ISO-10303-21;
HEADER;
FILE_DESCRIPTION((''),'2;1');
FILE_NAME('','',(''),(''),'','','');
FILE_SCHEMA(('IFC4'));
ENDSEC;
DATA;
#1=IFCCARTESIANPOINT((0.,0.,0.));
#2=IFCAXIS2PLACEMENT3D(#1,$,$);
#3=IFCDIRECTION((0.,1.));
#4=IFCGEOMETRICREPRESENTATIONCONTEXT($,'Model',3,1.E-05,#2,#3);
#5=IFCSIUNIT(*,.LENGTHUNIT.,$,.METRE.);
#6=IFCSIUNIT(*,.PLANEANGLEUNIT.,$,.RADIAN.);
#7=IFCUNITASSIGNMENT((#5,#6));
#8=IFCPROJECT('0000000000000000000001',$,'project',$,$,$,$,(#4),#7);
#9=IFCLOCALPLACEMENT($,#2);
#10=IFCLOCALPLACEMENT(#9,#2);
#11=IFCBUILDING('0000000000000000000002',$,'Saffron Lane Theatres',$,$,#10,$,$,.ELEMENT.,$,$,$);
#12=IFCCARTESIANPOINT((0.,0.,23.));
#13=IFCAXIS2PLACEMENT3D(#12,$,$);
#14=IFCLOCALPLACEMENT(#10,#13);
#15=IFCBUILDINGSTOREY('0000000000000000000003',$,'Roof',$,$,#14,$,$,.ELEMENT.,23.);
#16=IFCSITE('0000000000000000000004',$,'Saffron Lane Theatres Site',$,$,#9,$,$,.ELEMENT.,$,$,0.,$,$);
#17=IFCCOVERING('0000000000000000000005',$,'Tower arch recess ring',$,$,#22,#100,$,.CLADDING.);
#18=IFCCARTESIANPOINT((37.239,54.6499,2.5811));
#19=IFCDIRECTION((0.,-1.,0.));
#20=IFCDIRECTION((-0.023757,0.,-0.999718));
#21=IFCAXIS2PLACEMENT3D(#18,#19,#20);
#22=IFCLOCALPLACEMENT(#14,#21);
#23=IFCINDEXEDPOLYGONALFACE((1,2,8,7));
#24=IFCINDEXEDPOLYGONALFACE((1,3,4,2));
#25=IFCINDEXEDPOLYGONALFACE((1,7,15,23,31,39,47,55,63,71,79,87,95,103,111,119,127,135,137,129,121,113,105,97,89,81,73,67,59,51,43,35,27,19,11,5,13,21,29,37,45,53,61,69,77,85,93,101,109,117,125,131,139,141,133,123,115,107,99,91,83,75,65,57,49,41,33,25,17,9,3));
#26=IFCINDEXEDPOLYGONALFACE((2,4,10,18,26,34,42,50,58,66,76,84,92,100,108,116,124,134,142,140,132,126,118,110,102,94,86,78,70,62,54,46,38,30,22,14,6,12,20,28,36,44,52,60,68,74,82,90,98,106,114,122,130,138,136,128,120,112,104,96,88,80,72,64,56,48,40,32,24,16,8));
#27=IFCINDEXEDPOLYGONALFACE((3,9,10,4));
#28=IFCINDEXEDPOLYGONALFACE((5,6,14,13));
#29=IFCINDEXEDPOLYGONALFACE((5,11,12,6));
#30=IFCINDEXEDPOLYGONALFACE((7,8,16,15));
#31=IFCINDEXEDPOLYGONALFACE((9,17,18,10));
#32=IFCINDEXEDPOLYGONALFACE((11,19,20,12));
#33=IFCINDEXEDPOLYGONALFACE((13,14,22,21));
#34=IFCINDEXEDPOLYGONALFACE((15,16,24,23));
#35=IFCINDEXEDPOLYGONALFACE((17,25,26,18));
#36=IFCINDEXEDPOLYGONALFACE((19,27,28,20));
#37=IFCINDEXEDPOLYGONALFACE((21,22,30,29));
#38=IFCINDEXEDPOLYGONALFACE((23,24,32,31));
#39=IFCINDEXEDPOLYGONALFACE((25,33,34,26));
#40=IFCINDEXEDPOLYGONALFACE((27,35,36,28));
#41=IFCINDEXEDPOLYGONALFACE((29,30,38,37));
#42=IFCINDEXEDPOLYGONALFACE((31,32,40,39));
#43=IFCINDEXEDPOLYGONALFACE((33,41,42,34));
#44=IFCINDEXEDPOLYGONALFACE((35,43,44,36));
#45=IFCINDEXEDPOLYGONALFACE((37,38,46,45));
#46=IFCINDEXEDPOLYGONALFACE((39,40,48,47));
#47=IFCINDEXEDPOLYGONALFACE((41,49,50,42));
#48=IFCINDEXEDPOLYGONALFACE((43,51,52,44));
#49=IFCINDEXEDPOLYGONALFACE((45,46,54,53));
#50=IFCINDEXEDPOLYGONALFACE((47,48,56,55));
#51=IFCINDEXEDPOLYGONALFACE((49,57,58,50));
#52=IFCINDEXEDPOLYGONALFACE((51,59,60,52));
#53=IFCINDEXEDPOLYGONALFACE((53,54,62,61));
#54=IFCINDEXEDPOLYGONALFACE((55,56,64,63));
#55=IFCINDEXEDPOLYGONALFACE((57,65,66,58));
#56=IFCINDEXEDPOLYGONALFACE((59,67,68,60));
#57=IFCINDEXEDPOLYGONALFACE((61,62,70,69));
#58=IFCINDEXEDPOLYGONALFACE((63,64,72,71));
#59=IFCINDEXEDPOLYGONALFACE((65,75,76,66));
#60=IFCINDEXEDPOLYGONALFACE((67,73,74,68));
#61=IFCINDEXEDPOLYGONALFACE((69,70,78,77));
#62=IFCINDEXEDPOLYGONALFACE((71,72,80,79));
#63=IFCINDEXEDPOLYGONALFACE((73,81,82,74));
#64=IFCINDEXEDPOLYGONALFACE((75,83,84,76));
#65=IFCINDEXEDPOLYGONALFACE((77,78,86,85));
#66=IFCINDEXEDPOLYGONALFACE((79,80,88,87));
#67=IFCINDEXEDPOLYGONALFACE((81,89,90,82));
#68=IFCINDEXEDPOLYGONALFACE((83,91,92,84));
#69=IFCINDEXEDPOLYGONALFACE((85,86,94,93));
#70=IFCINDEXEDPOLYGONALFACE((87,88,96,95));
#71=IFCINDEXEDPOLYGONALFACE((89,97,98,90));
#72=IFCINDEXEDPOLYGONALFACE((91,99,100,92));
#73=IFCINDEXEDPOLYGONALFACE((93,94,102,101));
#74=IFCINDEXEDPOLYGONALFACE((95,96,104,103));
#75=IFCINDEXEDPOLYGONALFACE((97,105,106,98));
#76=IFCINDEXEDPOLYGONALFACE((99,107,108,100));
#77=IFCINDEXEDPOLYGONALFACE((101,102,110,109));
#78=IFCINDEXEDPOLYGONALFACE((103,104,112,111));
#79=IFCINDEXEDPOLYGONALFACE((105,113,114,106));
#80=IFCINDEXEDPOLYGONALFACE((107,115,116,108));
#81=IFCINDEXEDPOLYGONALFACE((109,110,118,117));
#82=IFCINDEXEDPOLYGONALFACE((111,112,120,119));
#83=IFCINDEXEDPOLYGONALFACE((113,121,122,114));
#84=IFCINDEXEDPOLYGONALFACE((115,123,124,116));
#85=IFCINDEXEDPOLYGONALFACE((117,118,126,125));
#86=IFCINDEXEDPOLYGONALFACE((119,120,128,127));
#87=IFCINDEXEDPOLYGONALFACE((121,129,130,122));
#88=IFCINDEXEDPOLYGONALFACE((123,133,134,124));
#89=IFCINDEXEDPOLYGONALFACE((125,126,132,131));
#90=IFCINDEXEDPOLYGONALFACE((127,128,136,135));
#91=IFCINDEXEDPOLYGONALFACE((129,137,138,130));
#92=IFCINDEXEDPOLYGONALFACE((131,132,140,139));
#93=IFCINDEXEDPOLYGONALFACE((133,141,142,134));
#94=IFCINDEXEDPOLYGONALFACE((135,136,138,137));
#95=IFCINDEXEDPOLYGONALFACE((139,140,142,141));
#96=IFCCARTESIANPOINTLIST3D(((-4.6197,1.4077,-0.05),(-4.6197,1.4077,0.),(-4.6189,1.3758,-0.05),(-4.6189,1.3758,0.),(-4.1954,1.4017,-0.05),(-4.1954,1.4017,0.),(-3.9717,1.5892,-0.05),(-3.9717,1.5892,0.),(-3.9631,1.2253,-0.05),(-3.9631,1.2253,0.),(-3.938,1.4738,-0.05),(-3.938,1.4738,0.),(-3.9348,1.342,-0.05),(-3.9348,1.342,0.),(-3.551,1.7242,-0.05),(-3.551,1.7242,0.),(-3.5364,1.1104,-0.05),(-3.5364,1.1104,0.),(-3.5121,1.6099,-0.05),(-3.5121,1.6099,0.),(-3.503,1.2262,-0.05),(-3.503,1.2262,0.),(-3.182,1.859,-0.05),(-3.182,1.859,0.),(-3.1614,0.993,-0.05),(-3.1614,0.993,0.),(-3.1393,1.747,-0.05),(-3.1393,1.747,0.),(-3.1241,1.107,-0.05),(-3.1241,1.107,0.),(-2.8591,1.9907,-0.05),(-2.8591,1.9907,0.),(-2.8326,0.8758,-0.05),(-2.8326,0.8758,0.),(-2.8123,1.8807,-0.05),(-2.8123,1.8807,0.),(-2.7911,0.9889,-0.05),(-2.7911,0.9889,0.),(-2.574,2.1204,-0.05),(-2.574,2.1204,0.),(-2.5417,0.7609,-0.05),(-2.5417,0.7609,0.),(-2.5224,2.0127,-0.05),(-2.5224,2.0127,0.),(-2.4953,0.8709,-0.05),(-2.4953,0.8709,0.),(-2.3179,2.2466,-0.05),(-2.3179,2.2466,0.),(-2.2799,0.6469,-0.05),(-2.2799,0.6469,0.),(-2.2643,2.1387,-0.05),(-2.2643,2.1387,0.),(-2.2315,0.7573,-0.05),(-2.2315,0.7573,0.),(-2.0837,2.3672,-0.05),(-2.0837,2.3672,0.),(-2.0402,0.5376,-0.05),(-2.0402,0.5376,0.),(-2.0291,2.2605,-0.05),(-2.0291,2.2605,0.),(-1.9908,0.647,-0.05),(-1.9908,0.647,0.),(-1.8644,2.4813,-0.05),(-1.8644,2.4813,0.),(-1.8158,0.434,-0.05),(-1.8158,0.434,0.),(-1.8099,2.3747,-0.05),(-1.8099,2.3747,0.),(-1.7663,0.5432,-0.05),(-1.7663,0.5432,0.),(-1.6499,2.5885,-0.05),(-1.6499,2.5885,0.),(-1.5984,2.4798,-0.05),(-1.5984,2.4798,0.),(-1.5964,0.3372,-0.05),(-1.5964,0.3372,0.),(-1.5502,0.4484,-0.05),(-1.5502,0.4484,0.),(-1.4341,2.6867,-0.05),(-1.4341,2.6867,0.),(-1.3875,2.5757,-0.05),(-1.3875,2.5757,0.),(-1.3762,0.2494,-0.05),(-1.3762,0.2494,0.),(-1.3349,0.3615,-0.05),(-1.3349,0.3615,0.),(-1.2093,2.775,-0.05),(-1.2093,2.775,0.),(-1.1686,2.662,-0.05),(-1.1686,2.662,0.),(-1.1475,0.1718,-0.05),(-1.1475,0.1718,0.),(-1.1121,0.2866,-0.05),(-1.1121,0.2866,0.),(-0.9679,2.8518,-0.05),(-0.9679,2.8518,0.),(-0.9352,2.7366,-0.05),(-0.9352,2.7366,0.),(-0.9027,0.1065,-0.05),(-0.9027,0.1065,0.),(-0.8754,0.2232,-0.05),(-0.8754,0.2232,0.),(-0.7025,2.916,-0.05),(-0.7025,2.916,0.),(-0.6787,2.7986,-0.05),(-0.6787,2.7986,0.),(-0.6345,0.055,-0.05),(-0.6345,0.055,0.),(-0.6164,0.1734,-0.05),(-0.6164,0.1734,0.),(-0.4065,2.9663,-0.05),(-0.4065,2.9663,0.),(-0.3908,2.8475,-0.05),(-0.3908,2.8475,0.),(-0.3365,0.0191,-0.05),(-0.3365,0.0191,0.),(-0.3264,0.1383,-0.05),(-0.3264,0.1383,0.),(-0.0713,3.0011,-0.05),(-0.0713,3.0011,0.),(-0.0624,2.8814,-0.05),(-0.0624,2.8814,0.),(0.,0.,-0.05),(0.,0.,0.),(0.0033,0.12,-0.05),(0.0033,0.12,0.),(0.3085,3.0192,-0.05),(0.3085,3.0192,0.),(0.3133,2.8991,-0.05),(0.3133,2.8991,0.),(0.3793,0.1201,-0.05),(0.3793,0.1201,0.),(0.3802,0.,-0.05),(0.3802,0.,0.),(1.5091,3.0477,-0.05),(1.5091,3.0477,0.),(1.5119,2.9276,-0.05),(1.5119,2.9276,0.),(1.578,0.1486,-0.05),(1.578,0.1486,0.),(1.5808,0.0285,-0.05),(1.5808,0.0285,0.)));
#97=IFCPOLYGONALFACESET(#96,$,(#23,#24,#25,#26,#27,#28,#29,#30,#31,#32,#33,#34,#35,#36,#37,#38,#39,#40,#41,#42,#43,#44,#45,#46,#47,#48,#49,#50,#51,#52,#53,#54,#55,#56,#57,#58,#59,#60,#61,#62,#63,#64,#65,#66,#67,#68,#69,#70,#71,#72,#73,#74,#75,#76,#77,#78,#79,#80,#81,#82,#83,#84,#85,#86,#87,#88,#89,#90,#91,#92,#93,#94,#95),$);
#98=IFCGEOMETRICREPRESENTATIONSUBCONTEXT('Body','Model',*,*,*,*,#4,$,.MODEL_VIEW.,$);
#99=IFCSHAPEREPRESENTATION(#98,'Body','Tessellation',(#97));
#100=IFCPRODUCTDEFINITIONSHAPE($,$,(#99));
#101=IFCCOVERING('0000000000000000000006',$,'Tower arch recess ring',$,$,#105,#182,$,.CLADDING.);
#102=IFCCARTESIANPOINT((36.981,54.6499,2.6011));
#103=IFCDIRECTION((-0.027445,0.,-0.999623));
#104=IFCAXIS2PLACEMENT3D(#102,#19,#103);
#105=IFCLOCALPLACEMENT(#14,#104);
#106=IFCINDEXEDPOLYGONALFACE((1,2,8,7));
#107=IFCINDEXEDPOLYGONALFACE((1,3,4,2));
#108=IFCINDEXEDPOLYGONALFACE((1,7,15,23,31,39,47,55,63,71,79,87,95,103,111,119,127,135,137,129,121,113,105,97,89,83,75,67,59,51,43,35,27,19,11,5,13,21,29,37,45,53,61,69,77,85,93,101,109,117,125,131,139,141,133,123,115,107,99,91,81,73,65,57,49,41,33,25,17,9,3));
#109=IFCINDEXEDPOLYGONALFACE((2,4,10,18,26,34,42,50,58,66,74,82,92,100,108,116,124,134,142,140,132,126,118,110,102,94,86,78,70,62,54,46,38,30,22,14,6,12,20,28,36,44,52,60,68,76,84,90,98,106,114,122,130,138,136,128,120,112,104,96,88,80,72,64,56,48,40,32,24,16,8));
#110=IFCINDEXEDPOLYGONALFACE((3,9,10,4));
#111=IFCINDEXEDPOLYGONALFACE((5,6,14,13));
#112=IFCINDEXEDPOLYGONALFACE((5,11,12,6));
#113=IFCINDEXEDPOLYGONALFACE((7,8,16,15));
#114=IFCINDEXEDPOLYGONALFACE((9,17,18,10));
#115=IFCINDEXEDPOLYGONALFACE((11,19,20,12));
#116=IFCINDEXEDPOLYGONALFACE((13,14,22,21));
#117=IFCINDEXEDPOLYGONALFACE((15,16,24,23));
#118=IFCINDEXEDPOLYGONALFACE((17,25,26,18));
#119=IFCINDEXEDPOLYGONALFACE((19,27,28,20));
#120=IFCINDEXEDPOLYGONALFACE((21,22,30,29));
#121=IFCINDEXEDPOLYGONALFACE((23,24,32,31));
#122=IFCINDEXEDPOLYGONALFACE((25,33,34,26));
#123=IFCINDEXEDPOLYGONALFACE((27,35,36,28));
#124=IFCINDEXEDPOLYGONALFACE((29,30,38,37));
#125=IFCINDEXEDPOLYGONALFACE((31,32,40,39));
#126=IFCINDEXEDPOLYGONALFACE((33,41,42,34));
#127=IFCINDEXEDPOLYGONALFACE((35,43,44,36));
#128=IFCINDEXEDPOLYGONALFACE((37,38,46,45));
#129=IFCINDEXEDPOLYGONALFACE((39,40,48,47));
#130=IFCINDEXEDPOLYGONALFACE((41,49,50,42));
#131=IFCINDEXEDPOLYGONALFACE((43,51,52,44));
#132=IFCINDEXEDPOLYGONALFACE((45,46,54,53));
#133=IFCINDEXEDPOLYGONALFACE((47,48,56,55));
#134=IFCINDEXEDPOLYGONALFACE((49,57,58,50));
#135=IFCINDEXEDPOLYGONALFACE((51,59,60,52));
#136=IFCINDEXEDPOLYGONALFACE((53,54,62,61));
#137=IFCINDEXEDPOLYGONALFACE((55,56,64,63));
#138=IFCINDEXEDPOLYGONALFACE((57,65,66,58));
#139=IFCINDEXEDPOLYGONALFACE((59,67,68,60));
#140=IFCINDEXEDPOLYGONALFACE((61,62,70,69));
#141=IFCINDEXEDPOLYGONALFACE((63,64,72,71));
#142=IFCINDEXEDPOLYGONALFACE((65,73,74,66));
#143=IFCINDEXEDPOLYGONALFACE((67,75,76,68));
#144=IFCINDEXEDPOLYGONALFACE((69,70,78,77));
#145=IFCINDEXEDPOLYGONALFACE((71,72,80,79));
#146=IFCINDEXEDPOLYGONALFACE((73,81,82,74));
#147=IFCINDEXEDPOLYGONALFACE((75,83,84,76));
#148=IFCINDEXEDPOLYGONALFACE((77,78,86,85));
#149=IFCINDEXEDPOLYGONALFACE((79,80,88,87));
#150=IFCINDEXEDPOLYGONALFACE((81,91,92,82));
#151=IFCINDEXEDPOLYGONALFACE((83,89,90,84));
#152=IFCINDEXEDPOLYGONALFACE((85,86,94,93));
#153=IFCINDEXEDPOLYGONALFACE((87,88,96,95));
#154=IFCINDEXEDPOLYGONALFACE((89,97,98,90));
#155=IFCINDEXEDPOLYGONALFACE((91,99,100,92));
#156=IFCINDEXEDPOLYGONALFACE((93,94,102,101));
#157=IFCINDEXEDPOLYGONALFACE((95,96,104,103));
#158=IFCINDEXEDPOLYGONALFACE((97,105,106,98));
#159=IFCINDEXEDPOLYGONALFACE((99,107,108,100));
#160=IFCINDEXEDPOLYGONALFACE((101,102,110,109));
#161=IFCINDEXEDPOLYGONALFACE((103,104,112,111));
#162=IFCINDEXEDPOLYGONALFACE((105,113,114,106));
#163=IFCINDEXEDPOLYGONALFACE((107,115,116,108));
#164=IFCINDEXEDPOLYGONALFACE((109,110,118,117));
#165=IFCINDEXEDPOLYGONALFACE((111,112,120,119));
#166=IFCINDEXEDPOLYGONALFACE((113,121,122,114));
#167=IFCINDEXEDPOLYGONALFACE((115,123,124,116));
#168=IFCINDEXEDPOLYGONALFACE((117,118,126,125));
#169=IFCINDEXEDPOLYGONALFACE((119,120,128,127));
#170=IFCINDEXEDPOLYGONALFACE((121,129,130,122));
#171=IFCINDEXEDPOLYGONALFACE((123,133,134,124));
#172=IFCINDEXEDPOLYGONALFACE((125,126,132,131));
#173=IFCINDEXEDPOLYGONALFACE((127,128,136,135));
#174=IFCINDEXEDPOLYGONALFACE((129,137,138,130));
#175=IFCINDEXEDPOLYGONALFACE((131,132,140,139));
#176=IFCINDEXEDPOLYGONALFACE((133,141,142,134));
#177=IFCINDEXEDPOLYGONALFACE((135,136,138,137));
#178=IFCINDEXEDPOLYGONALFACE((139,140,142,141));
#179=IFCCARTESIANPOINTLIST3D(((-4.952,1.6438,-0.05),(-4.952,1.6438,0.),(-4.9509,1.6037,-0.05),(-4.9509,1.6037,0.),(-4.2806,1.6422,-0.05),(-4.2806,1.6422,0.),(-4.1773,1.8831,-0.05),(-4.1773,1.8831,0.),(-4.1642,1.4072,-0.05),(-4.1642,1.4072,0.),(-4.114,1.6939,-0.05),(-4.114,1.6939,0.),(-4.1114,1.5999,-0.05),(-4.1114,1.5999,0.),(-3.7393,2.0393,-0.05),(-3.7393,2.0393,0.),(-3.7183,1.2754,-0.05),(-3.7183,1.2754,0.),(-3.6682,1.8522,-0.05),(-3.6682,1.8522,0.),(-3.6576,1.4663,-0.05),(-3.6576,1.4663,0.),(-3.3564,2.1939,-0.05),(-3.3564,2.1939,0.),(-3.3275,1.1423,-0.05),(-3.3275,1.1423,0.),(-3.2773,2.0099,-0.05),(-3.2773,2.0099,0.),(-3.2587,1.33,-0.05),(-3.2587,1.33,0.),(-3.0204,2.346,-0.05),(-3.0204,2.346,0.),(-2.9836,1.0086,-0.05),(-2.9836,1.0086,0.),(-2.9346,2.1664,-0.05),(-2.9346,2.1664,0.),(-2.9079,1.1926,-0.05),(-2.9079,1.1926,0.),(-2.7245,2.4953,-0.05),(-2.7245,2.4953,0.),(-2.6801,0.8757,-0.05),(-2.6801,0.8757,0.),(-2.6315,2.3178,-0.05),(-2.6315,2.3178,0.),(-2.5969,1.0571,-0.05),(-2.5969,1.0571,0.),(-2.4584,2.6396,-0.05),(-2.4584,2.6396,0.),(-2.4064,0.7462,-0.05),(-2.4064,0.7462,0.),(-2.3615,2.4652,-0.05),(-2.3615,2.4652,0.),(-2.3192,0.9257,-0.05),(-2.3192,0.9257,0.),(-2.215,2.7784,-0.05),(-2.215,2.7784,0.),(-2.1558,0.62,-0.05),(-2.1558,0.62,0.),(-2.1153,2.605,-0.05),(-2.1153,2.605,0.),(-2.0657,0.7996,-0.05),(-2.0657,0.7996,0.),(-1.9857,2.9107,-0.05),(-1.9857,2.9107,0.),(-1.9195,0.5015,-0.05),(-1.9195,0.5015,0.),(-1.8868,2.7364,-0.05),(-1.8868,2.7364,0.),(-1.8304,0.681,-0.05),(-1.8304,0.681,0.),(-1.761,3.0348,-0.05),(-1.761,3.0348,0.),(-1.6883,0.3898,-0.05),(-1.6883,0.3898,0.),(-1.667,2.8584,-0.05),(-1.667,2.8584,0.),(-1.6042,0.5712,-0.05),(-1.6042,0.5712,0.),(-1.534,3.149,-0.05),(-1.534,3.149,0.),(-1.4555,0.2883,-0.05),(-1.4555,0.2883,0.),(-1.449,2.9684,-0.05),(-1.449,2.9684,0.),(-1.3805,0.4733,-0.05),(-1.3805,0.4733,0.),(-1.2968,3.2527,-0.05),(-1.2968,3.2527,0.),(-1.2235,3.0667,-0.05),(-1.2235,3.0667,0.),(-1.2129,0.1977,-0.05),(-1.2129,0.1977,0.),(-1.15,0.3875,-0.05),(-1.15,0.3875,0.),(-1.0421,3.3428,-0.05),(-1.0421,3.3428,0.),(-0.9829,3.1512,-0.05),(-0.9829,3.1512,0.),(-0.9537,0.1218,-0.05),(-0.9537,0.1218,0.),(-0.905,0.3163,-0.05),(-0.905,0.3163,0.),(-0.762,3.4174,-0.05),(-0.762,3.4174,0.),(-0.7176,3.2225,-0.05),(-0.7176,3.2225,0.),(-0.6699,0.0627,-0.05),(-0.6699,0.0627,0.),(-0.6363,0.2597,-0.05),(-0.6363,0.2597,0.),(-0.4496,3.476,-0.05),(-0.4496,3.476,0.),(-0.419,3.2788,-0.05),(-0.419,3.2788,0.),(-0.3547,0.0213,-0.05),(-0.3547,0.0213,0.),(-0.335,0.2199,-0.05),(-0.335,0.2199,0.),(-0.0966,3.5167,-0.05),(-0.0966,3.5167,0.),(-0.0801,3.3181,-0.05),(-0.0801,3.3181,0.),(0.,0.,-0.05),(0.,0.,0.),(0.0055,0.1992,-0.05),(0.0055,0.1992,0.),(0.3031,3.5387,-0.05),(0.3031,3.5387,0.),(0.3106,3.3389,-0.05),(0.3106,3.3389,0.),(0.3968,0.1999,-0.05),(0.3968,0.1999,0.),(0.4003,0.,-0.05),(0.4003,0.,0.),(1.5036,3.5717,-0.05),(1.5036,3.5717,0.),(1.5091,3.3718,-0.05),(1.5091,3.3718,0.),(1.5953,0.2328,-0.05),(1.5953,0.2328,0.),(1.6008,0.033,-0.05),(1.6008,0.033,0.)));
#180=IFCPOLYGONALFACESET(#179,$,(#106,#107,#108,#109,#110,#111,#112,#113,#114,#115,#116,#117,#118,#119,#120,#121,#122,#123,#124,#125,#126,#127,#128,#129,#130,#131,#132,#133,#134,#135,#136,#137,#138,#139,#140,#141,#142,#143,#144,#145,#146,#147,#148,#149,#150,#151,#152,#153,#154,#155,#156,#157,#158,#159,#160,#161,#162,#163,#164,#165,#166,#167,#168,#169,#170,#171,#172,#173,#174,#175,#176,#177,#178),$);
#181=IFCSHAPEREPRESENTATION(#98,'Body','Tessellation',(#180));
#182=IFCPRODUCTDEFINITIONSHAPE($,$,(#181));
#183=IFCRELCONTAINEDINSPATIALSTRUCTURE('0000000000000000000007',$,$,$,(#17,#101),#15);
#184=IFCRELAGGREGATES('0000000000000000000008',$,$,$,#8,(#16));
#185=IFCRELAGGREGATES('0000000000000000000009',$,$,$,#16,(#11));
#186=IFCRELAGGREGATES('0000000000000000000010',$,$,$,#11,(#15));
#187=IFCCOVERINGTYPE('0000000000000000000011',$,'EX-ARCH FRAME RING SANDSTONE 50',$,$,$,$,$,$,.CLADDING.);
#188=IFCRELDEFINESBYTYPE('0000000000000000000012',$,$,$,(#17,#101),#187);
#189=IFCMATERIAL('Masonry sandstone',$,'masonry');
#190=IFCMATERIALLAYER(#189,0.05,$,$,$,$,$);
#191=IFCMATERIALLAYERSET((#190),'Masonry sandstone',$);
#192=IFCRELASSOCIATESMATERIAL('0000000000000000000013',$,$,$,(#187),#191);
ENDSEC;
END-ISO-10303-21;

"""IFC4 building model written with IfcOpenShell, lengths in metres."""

from ifc_helpers import new_model, si_unit, direction, frame, origin, place, context, subcontext, project, spatial, polyline, outline, extrude, material, layer, layer_set, type_object, element, save


model = new_model("IFC4")

# Units and contexts
model_context = context("Model", 3, precision=1e-05, world=origin(), true_north=direction((0.0, 1.0)))
body_context = subcontext(model_context, "Body", "Model", "MODEL_VIEW")
ifc_project = project(units=[si_unit("LENGTHUNIT", "METRE"), si_unit("PLANEANGLEUNIT", "RADIAN")], contexts=[model_context])

# Site, building, storey
site_placement = place(None, origin())
site = spatial("IfcSite", under=ifc_project, at=site_placement, Name="Saffron Lane Theatres Site", CompositionType="ELEMENT", RefElevation=0.0)
building_placement = place(site_placement, origin())
building = spatial("IfcBuilding", under=site, at=building_placement, Name="Saffron Lane Theatres", CompositionType="ELEMENT")
storey_placement = place(building_placement, frame((0.0, 0.0, 23.0)))
storey = spatial("IfcBuildingStorey", under=building, at=storey_placement, Name="Roof", CompositionType="ELEMENT", Elevation=23.0)

# Coverings
ifc_material_1 = material(Name="Masonry sandstone", Category="masonry")
ifc_layer_1 = layer(ifc_material_1, 0.05)
ifc_layer_set_1 = layer_set([ifc_layer_1], Name="Masonry sandstone")
covering_type_1 = type_object("IfcCoveringType", Name="EX-ARCH FRAME RING SANDSTONE 50", PredefinedType="CLADDING", material=ifc_layer_set_1)
covering_1_placement = place(storey_placement, frame((37.239, 54.6499, 2.5811), z_axis=(0.0, -1.0, 0.0), x_axis=(-0.023757, 0.0, -0.999718)))
element("IfcCovering", 1, at=covering_1_placement, inside=storey, type_object=covering_type_1, Name="Tower arch recess ring", PredefinedType="CLADDING", context=body_context, shape_type="SweptSolid", body=[
    extrude(outline(polyline([(0.0, 0.0), (0.3802, 0.0), (1.5808, 0.0285), (1.578, 0.1486), (0.3793, 0.1201), (0.0033, 0.12), (-0.3264, 0.1383), (-0.6164, 0.1734), (-0.8754, 0.2232), (-1.1121, 0.2866), (-1.3349, 0.3615), (-1.5502, 0.4484), (-1.7663, 0.5432), (-1.9908, 0.647), (-2.2315, 0.7573), (-2.4953, 0.8709), (-2.7911, 0.9889), (-3.1241, 1.107), (-3.503, 1.2262), (-3.9348, 1.342), (-4.1954, 1.4017), (-3.938, 1.4738), (-3.5121, 1.6099), (-3.1393, 1.747), (-2.8123, 1.8807), (-2.5224, 2.0127), (-2.2643, 2.1387), (-2.0291, 2.2605), (-1.8099, 2.3747), (-1.5984, 2.4798), (-1.3875, 2.5757), (-1.1686, 2.662), (-0.9352, 2.7366), (-0.6787, 2.7986), (-0.3908, 2.8475), (-0.0624, 2.8814), (0.3133, 2.8991), (1.5119, 2.9276), (1.5091, 3.0477), (0.3085, 3.0192), (-0.0713, 3.0011), (-0.4065, 2.9663), (-0.7025, 2.916), (-0.9679, 2.8518), (-1.2093, 2.775), (-1.4341, 2.6867), (-1.6499, 2.5885), (-1.8644, 2.4813), (-2.0837, 2.3672), (-2.3179, 2.2466), (-2.574, 2.1204), (-2.8591, 1.9907), (-3.182, 1.859), (-3.551, 1.7242), (-3.9717, 1.5892), (-4.6197, 1.4077), (-4.6189, 1.3758), (-3.9631, 1.2253), (-3.5364, 1.1104), (-3.1614, 0.993), (-2.8326, 0.8758), (-2.5417, 0.7609), (-2.2799, 0.6469), (-2.0402, 0.5376), (-1.8158, 0.434), (-1.5964, 0.3372), (-1.3762, 0.2494), (-1.1475, 0.1718), (-0.9027, 0.1065), (-0.6345, 0.055), (-0.3365, 0.0191), (0.0, 0.0)])), origin(), (0.0, 0.0, -1.0), 0.05),
])
covering_2_placement = place(storey_placement, frame((36.981, 54.6499, 2.6011), z_axis=(0.0, -1.0, 0.0), x_axis=(-0.027445, 0.0, -0.999623)))
element("IfcCovering", 2, at=covering_2_placement, inside=storey, type_object=covering_type_1, Name="Tower arch recess ring", PredefinedType="CLADDING", context=body_context, shape_type="SweptSolid", body=[
    extrude(outline(polyline([(0.0, 0.0), (0.4003, 0.0), (1.6008, 0.033), (1.5953, 0.2328), (0.3968, 0.1999), (0.0055, 0.1992), (-0.335, 0.2199), (-0.6363, 0.2597), (-0.905, 0.3163), (-1.15, 0.3875), (-1.3805, 0.4733), (-1.6042, 0.5712), (-1.8304, 0.681), (-2.0657, 0.7996), (-2.3192, 0.9257), (-2.5969, 1.0571), (-2.9079, 1.1926), (-3.2587, 1.33), (-3.6576, 1.4663), (-4.1114, 1.5999), (-4.2806, 1.6422), (-4.114, 1.6939), (-3.6682, 1.8522), (-3.2773, 2.0099), (-2.9346, 2.1664), (-2.6315, 2.3178), (-2.3615, 2.4652), (-2.1153, 2.605), (-1.8868, 2.7364), (-1.667, 2.8584), (-1.449, 2.9684), (-1.2235, 3.0667), (-0.9829, 3.1512), (-0.7176, 3.2225), (-0.419, 3.2788), (-0.0801, 3.3181), (0.3106, 3.3389), (1.5091, 3.3718), (1.5036, 3.5717), (0.3031, 3.5387), (-0.0966, 3.5167), (-0.4496, 3.476), (-0.762, 3.4174), (-1.0421, 3.3428), (-1.2968, 3.2527), (-1.534, 3.149), (-1.761, 3.0348), (-1.9857, 2.9107), (-2.215, 2.7784), (-2.4584, 2.6396), (-2.7245, 2.4953), (-3.0204, 2.346), (-3.3564, 2.1939), (-3.7393, 2.0393), (-4.1773, 1.8831), (-4.952, 1.6438), (-4.9509, 1.6037), (-4.1642, 1.4072), (-3.7183, 1.2754), (-3.3275, 1.1423), (-2.9836, 1.0086), (-2.6801, 0.8757), (-2.4064, 0.7462), (-2.1558, 0.62), (-1.9195, 0.5015), (-1.6883, 0.3898), (-1.4555, 0.2883), (-1.2129, 0.1977), (-0.9537, 0.1218), (-0.6699, 0.0627), (-0.3547, 0.0213), (0.0, 0.0)])), origin(), (0.0, 0.0, -1.0), 0.05),
])

save(model, "model.ifc")
